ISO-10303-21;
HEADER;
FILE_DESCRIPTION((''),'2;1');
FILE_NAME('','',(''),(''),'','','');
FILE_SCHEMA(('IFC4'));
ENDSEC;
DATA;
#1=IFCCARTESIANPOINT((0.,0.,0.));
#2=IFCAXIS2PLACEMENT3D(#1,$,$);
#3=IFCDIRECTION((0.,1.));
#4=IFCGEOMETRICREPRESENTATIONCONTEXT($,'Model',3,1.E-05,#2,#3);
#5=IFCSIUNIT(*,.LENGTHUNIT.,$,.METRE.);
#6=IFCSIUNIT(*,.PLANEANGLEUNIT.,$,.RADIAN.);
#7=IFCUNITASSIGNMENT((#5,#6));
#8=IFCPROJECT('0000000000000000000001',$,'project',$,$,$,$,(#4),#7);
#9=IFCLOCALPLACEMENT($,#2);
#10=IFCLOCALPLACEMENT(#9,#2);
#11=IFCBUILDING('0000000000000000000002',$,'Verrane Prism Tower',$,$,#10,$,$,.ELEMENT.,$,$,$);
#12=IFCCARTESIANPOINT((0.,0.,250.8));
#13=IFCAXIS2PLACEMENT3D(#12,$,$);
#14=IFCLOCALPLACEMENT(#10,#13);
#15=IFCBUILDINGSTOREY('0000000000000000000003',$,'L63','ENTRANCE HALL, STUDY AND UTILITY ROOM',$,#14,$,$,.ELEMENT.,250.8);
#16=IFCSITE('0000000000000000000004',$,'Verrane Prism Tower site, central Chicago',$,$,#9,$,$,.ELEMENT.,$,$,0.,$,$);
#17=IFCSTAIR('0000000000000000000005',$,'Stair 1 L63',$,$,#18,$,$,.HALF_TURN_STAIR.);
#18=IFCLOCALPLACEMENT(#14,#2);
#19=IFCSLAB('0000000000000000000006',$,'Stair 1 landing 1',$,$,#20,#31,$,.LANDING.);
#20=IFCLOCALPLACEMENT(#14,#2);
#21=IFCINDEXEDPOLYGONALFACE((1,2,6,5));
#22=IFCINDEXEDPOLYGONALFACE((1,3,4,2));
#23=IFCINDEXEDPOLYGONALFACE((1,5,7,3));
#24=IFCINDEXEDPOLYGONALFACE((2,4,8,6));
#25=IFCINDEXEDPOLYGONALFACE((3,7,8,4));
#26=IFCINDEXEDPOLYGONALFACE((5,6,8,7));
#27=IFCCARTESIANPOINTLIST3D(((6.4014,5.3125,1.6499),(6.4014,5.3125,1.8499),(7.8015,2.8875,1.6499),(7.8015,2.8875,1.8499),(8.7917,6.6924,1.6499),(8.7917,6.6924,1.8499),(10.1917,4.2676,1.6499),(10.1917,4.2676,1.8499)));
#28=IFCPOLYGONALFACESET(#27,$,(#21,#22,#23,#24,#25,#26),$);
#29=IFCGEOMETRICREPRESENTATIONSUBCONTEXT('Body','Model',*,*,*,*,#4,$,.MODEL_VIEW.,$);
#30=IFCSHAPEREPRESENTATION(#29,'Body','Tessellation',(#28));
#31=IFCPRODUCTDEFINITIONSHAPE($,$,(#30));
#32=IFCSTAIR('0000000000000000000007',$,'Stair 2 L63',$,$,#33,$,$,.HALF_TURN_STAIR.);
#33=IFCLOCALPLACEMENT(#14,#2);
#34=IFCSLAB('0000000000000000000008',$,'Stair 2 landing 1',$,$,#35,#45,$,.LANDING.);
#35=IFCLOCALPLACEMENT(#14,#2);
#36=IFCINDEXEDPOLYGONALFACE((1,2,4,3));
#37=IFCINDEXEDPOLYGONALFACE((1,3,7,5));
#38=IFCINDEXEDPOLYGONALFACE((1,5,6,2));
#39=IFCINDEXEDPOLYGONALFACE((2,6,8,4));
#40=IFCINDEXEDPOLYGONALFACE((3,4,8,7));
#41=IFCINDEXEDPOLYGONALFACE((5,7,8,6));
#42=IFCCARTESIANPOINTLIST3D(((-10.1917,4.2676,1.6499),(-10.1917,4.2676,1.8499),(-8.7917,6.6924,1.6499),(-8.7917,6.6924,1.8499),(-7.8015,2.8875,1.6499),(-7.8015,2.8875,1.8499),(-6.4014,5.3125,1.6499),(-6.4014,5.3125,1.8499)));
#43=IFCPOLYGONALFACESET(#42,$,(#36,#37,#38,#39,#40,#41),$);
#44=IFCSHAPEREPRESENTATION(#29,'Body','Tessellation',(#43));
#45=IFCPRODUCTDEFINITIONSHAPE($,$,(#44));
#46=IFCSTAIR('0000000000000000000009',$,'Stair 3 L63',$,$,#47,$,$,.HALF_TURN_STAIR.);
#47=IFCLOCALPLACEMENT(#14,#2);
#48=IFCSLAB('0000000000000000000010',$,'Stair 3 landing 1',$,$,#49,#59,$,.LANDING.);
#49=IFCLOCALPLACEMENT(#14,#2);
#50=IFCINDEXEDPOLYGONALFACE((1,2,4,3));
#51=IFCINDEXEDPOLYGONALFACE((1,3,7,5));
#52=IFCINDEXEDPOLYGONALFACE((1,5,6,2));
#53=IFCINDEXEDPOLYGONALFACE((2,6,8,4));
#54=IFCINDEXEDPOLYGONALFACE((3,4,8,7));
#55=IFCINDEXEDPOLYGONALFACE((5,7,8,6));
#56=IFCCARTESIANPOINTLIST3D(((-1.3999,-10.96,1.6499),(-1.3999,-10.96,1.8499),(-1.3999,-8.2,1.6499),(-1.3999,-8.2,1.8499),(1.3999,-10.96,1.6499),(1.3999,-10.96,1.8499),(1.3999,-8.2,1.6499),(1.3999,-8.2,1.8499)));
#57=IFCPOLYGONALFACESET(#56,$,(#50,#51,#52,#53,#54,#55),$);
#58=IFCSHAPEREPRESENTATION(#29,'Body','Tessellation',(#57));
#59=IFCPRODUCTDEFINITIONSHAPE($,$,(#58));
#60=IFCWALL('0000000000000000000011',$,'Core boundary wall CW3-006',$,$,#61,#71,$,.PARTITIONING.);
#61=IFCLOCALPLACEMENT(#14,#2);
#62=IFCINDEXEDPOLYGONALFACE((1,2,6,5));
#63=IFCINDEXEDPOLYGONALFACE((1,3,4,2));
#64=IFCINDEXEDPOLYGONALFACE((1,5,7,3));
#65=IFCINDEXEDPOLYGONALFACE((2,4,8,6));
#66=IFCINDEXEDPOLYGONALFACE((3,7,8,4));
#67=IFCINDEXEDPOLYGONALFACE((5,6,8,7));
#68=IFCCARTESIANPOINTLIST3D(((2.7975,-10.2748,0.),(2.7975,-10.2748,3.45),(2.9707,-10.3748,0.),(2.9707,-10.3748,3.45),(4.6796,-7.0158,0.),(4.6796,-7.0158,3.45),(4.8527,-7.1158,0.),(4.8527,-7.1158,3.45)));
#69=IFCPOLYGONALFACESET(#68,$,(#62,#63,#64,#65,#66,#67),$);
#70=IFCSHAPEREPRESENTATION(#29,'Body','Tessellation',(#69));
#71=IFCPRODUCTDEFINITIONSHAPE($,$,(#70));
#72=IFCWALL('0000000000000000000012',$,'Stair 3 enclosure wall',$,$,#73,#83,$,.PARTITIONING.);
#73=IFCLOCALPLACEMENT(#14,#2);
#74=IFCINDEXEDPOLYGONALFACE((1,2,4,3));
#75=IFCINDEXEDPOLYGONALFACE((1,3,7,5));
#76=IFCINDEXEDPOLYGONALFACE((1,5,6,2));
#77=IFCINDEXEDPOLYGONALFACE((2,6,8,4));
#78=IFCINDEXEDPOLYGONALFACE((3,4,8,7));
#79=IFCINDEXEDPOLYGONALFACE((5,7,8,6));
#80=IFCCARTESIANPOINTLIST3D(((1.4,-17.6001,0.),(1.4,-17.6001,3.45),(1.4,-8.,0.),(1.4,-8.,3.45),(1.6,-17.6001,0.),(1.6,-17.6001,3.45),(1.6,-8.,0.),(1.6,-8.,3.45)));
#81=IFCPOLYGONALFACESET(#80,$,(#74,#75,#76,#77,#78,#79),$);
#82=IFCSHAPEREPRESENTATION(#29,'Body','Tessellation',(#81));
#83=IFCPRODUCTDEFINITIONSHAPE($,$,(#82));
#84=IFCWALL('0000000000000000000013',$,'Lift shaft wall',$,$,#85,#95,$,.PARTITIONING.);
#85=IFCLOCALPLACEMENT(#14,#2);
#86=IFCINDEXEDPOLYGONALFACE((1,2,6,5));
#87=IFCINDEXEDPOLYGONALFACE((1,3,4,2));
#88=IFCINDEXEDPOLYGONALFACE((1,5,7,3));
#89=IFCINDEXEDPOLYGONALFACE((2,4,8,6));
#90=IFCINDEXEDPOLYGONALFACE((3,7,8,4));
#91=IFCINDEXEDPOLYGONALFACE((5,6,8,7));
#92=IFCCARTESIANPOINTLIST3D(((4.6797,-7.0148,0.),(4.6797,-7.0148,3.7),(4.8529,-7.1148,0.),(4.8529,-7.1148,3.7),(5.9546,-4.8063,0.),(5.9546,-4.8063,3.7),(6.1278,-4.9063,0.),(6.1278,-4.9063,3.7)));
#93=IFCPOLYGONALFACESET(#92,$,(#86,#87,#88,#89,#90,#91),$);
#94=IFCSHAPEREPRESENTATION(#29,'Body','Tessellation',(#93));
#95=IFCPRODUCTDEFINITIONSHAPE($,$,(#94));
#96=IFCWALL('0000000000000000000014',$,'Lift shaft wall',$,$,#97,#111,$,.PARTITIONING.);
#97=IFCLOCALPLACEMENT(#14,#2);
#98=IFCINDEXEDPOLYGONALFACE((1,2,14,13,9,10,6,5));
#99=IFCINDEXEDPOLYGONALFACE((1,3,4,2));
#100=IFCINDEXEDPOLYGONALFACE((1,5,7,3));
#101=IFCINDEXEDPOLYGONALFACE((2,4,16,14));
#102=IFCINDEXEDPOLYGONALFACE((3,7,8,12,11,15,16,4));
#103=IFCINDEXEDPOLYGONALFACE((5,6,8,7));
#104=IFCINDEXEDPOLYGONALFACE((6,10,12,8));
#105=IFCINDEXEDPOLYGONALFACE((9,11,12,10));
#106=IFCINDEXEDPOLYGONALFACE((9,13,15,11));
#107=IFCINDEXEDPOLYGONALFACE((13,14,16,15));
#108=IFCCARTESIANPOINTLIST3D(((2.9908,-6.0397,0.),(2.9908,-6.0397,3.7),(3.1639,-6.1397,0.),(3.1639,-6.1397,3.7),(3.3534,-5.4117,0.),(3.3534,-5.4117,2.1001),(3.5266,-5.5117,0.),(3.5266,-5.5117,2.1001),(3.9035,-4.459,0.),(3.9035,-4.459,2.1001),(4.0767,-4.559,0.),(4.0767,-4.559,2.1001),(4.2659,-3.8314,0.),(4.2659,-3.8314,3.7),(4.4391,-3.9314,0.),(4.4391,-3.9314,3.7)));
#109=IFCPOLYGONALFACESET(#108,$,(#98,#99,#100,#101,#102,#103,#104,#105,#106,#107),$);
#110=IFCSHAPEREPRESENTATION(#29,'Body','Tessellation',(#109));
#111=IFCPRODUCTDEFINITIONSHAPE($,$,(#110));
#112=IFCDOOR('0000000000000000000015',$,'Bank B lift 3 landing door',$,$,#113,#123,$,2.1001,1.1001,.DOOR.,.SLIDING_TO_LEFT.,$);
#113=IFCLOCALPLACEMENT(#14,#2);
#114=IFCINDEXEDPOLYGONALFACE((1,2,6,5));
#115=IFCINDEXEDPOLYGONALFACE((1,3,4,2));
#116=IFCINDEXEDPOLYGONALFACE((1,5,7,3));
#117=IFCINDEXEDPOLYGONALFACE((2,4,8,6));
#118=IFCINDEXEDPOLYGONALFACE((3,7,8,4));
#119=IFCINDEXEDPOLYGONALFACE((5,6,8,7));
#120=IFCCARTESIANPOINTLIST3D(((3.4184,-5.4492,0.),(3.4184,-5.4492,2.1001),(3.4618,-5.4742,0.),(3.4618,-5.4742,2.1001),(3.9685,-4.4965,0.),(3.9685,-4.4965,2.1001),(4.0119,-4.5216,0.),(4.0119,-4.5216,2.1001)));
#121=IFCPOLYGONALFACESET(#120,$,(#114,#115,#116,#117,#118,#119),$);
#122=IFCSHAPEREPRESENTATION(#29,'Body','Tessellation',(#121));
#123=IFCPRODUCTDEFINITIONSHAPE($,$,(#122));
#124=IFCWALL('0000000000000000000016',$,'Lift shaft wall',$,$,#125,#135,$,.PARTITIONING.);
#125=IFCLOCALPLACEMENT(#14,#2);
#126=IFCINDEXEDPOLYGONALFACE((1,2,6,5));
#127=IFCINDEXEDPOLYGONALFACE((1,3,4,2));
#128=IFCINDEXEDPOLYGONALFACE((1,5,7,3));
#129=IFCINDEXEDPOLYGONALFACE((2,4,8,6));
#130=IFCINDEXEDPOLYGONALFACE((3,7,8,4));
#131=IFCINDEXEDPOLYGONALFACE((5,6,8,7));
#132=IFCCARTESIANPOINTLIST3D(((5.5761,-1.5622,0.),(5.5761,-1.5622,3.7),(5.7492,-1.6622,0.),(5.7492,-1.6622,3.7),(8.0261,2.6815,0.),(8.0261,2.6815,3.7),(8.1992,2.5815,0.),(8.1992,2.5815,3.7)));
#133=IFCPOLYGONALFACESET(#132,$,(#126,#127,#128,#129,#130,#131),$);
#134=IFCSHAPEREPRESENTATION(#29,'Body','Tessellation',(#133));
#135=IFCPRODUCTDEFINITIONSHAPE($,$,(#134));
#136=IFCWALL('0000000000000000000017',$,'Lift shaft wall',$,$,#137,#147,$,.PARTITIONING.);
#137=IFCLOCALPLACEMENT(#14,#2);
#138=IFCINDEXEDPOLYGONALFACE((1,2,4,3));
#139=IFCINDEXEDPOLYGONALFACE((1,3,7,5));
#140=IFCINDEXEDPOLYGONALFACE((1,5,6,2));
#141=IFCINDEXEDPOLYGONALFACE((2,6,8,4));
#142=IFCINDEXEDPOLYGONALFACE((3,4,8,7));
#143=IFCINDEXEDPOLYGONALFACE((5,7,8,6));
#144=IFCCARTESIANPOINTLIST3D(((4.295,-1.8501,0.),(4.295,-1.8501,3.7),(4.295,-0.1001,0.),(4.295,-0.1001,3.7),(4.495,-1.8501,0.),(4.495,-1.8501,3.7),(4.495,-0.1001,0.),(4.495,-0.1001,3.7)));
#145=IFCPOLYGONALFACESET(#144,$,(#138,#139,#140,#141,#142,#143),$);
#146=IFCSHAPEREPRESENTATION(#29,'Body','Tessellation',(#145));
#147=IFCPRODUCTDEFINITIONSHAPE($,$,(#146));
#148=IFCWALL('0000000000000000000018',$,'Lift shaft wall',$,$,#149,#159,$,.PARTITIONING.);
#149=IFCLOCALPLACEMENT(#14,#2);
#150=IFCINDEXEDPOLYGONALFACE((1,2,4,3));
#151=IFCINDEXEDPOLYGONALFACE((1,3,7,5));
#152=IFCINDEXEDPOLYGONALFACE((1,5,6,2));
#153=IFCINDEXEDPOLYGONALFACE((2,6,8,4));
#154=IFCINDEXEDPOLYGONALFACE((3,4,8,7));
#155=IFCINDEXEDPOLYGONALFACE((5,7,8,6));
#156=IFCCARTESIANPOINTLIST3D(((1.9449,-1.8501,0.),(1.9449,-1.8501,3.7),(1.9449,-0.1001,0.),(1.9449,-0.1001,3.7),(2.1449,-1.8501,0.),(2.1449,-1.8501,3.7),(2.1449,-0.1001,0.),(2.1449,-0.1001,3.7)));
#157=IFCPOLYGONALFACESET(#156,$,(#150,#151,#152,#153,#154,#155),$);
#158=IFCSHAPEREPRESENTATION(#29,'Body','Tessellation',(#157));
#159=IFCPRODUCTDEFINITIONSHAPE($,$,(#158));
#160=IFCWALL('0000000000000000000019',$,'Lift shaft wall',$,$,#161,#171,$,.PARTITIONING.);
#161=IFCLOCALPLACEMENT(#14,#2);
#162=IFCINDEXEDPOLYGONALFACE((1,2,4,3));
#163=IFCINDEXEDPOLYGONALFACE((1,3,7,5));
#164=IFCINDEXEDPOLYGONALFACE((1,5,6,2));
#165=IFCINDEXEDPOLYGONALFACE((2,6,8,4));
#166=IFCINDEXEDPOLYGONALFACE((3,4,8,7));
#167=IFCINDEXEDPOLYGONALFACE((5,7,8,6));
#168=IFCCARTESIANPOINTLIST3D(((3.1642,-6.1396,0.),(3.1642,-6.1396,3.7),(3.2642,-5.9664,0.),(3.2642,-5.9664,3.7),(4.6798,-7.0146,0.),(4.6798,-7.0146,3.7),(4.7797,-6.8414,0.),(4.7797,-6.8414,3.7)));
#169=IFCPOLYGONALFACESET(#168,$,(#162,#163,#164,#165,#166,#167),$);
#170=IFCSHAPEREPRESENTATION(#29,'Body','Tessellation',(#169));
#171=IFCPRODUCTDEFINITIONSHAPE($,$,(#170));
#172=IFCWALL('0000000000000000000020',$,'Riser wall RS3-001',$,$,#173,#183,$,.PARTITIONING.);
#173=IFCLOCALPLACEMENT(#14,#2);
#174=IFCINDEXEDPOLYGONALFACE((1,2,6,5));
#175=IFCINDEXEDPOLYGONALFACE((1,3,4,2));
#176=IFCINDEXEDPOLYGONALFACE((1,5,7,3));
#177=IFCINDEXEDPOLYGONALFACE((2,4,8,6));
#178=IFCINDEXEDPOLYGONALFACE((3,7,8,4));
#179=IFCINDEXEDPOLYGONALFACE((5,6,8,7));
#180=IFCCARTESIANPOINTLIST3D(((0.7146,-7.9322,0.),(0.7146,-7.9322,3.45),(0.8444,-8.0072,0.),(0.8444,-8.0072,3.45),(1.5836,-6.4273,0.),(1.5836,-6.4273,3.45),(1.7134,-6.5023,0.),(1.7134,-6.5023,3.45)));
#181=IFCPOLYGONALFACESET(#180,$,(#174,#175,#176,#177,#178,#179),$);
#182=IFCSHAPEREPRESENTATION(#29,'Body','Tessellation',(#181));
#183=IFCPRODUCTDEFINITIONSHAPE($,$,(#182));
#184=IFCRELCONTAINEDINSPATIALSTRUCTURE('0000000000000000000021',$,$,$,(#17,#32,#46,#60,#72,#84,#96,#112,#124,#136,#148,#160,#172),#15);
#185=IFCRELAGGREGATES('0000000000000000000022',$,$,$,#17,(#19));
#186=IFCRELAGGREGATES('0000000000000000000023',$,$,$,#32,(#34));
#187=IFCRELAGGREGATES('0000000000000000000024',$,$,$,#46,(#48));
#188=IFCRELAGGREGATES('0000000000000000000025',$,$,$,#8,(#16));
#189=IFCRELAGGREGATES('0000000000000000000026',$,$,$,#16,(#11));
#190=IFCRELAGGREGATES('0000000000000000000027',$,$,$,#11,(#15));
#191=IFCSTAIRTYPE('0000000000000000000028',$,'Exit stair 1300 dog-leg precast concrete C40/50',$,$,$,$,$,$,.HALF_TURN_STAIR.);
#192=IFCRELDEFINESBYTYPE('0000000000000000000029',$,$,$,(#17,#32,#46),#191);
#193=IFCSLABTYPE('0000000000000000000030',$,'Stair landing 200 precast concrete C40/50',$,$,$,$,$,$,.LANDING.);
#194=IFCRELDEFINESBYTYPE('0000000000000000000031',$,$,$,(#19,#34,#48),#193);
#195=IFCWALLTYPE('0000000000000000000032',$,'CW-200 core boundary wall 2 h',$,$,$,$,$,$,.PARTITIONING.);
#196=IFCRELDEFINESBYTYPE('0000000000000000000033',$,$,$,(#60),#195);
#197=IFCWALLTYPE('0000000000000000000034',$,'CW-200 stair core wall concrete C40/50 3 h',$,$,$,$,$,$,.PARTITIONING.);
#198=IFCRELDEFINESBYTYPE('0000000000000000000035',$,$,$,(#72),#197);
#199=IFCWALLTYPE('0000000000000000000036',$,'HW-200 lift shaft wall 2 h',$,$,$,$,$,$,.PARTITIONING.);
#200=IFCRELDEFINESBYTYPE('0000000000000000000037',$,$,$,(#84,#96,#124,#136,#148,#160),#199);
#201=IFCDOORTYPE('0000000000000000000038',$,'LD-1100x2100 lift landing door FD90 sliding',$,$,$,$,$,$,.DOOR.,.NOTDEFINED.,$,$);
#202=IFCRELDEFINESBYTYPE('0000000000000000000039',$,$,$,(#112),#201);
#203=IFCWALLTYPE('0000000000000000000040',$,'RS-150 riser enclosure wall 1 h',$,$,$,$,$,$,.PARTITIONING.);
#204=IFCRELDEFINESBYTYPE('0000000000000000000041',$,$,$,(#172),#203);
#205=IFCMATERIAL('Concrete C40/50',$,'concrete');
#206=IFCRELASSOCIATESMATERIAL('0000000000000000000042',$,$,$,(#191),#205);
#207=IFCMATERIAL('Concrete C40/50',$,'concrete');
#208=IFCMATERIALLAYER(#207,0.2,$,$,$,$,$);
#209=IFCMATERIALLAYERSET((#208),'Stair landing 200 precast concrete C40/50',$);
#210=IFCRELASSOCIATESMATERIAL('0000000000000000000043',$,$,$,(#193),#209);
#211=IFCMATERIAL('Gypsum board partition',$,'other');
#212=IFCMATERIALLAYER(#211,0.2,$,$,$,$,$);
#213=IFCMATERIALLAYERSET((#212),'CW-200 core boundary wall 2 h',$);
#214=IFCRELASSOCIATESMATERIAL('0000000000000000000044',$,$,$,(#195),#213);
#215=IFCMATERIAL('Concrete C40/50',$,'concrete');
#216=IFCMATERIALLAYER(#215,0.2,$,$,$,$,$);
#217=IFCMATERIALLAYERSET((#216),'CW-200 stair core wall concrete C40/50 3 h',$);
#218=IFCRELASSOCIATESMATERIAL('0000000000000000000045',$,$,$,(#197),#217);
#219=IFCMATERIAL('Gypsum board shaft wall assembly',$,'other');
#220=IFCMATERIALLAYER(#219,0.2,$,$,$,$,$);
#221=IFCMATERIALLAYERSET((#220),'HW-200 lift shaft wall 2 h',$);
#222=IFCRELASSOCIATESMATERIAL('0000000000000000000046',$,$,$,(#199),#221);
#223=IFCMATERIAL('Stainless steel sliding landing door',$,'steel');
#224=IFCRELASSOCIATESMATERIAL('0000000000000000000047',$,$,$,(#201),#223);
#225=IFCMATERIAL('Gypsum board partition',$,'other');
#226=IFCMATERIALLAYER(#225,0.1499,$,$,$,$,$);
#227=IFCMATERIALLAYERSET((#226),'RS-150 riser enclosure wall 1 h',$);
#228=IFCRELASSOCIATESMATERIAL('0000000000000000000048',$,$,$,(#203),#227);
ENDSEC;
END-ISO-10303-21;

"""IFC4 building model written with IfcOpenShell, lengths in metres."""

from ifc_helpers import new_model, si_unit, direction, frame, frame_2d, origin, place, context, subcontext, project, spatial, polyline, rectangle, outline, extrude, material, layer, layer_set, type_object, element, fill, aggregate, save


model = new_model("IFC4")

# Units and contexts
model_context = context("Model", 3, precision=1e-05, world=origin(), true_north=direction((0.0, 1.0)))
body_context = subcontext(model_context, "Body", "Model", "MODEL_VIEW")
ifc_project = project(units=[si_unit("LENGTHUNIT", "METRE"), si_unit("PLANEANGLEUNIT", "RADIAN")], contexts=[model_context])

# Site, building, storey
site_placement = place(None, origin())
site = spatial("IfcSite", under=ifc_project, at=site_placement, Name="Verrane Prism Tower site, central Chicago", CompositionType="ELEMENT", RefElevation=0.0)
building_placement = place(site_placement, origin())
building = spatial("IfcBuilding", under=site, at=building_placement, Name="Verrane Prism Tower", CompositionType="ELEMENT")
storey_placement = place(building_placement, frame((0.0, 0.0, 250.8)))
storey = spatial("IfcBuildingStorey", under=building, at=storey_placement, Name="L63", Description="ENTRANCE HALL, STUDY AND UTILITY ROOM", CompositionType="ELEMENT", Elevation=250.8)

# Stairs, slabs
ifc_material_1 = material(Name="Concrete C40/50", Category="concrete")
stair_type = type_object("IfcStairType", Name="Exit stair 1300 dog-leg precast concrete C40/50", PredefinedType="HALF_TURN_STAIR", material=ifc_material_1)
stair_1_placement = place(storey_placement, origin())
stair_1 = element("IfcStair", 1, at=stair_1_placement, inside=storey, type_object=stair_type, Name="Stair 1 L63", PredefinedType="HALF_TURN_STAIR")
ifc_material_2 = material(Name="Concrete C40/50", Category="concrete")
ifc_layer_1 = layer(ifc_material_2, 0.2)
ifc_layer_set_1 = layer_set([ifc_layer_1], Name="Stair landing 200 precast concrete C40/50")
slab_type = type_object("IfcSlabType", Name="Stair landing 200 precast concrete C40/50", PredefinedType="LANDING", material=ifc_layer_set_1)
slab_1_placement = place(storey_placement, frame((0.0, 0.0, 1.6499)))
slab_1 = element("IfcSlab", 2, at=slab_1_placement, type_object=slab_type, Name="Stair 1 landing 1", PredefinedType="LANDING", context=body_context, shape_type="SweptSolid", body=[
    extrude(outline(polyline([(8.7917, 6.6924), (6.4014, 5.3125), (7.8015, 2.8875), (10.1917, 4.2676), (8.7917, 6.6924)])), origin(), (0.0, 0.0, 1.0), 0.2),
])
aggregate(stair_1, [slab_1])
stair_2_placement = place(storey_placement, origin())
stair_2 = element("IfcStair", 3, at=stair_2_placement, inside=storey, type_object=stair_type, Name="Stair 2 L63", PredefinedType="HALF_TURN_STAIR")
slab_2_placement = place(storey_placement, frame((0.0, 0.0, 1.6499)))
slab_2 = element("IfcSlab", 4, at=slab_2_placement, type_object=slab_type, Name="Stair 2 landing 1", PredefinedType="LANDING", context=body_context, shape_type="SweptSolid", body=[
    extrude(outline(polyline([(-10.1917, 4.2676), (-7.8015, 2.8875), (-6.4014, 5.3125), (-8.7917, 6.6924), (-10.1917, 4.2676)])), origin(), (0.0, 0.0, 1.0), 0.2),
])
aggregate(stair_2, [slab_2])
stair_3_placement = place(storey_placement, origin())
stair_3 = element("IfcStair", 5, at=stair_3_placement, inside=storey, type_object=stair_type, Name="Stair 3 L63", PredefinedType="HALF_TURN_STAIR")
slab_3_placement = place(storey_placement, frame((0.0, 0.0, 1.6499)))
slab_3 = element("IfcSlab", 6, at=slab_3_placement, type_object=slab_type, Name="Stair 3 landing 1", PredefinedType="LANDING", context=body_context, shape_type="SweptSolid", body=[
    extrude(outline(polyline([(1.3999, -10.96), (1.3999, -8.2), (-1.3999, -8.2), (-1.3999, -10.96), (1.3999, -10.96)])), origin(), (0.0, 0.0, 1.0), 0.2),
])
aggregate(stair_3, [slab_3])

# Walls
ifc_material_3 = material(Name="Gypsum board partition", Category="other")
ifc_layer_2 = layer(ifc_material_3, 0.2)
ifc_layer_set_2 = layer_set([ifc_layer_2], Name="CW-200 core boundary wall 2 h")
wall_type_1 = type_object("IfcWallType", Name="CW-200 core boundary wall 2 h", PredefinedType="PARTITIONING", material=ifc_layer_set_2)
wall_1_placement = place(storey_placement, frame((2.884, -10.325, 0.0), z_axis=(0.0, 0.0, 1.0), x_axis=(0.500095, 0.865971, 0.0)))
element("IfcWall", 7, at=wall_1_placement, inside=storey, type_object=wall_type_1, Name="Core boundary wall CW3-006", PredefinedType="PARTITIONING", context=body_context, shape_type="SweptSolid", body=[
    extrude(rectangle(XDim=3.7634, YDim=0.2, at=frame_2d((1.8818, 0.0))), origin(), (0.0, 0.0, 1.0), 3.45),
])
ifc_material_4 = material(Name="Concrete C40/50", Category="concrete")
ifc_layer_3 = layer(ifc_material_4, 0.2)
ifc_layer_set_3 = layer_set([ifc_layer_3], Name="CW-200 stair core wall concrete C40/50 3 h")
wall_type_2 = type_object("IfcWallType", Name="CW-200 stair core wall concrete C40/50 3 h", PredefinedType="PARTITIONING", material=ifc_layer_set_3)
wall_2_placement = place(storey_placement, frame((1.5, -8.0, 0.0), z_axis=(0.0, 0.0, 1.0), x_axis=(0.0, -1.0, 0.0)))
element("IfcWall", 8, at=wall_2_placement, inside=storey, type_object=wall_type_2, Name="Stair 3 enclosure wall", PredefinedType="PARTITIONING", context=body_context, shape_type="SweptSolid", body=[
    extrude(rectangle(XDim=9.6001, YDim=0.2, at=frame_2d((4.8, 0.0))), origin(), (0.0, 0.0, 1.0), 3.45),
])
ifc_material_5 = material(Name="Gypsum board shaft wall assembly", Category="other")
ifc_layer_4 = layer(ifc_material_5, 0.2)
ifc_layer_set_4 = layer_set([ifc_layer_4], Name="HW-200 lift shaft wall 2 h")
wall_type_3 = type_object("IfcWallType", Name="HW-200 lift shaft wall 2 h", PredefinedType="PARTITIONING", material=ifc_layer_set_4)
wall_3_placement = place(storey_placement, frame((4.7664, -7.0647, 0.0), z_axis=(0.0, 0.0, 1.0), x_axis=(0.499949, 0.866055, 0.0)))
element("IfcWall", 9, at=wall_3_placement, inside=storey, type_object=wall_type_3, Name="Lift shaft wall", PredefinedType="PARTITIONING", context=body_context, shape_type="SweptSolid", body=[
    extrude(rectangle(XDim=2.55, YDim=0.2, at=frame_2d((1.2749, 0.0))), origin(), (0.0, 0.0, 1.0), 3.7),
])

# Wall, opening, door
wall_4_placement = place(storey_placement, frame((3.0774, -6.0896, 0.0), z_axis=(0.0, 0.0, 1.0), x_axis=(0.500062, 0.865989, 0.0)))
wall_4 = element("IfcWall", 10, at=wall_4_placement, inside=storey, type_object=wall_type_3, Name="Lift shaft wall", PredefinedType="PARTITIONING", context=body_context, shape_type="SweptSolid", body=[
    extrude(rectangle(XDim=2.55, YDim=0.2, at=frame_2d((1.2749, 0.0))), origin(), (0.0, 0.0, 1.0), 3.7),
])
opening_1_placement = place(wall_4_placement, frame((0.7251, 0.0, 0.0)))
opening_1 = element("IfcOpeningElement", 11, at=opening_1_placement, cuts=wall_4, PredefinedType="OPENING", context=body_context, shape_type="SweptSolid", body=[
    extrude(rectangle(XDim=1.1001, YDim=2.1001, at=frame_2d((0.55, 1.05))), frame((0.0, 0.1099, 0.0), z_axis=(0.0, -1.0, 0.0), x_axis=(1.0, 0.0, 0.0)), (0.0, 0.0, 1.0), 0.22),
])
ifc_material_6 = material(Name="Stainless steel sliding landing door", Category="steel")
door_type_1 = type_object("IfcDoorType", Name="LD-1100x2100 lift landing door FD90 sliding", OperationType="NOTDEFINED", PredefinedType="DOOR", material=ifc_material_6)
door_1_placement = place(opening_1_placement, origin())
door_1 = element("IfcDoor", 12, at=door_1_placement, inside=storey, type_object=door_type_1, Name="Bank B lift 3 landing door", OperationType="SLIDING_TO_LEFT", OverallHeight=2.1001, OverallWidth=1.1001, PredefinedType="DOOR", context=body_context, shape_type="SweptSolid", body=[
    extrude(rectangle(XDim=1.1001, YDim=2.1001, at=frame_2d((0.55, 1.05))), frame((0.0, 0.0249, 0.0), z_axis=(0.0, -1.0, 0.0), x_axis=(1.0, 0.0, 0.0)), (0.0, 0.0, 1.0), 0.05),
])
fill(opening_1, door_1)

# Walls
wall_5_placement = place(storey_placement, frame((5.6626, -1.6123, 0.0), z_axis=(0.0, 0.0, 1.0), x_axis=(0.499981, 0.866036, 0.0)))
element("IfcWall", 13, at=wall_5_placement, inside=storey, type_object=wall_type_3, Name="Lift shaft wall", PredefinedType="PARTITIONING", context=body_context, shape_type="SweptSolid", body=[
    extrude(rectangle(XDim=4.9001, YDim=0.2, at=frame_2d((2.4502, 0.0))), origin(), (0.0, 0.0, 1.0), 3.7),
])
for number, where, z_axis, x_axis, name in (
    (14, (4.395, -1.8501, 0.0), (0.0, 0.0, 1.0), (0.0, 1.0, 0.0), "Lift shaft wall"),
    (15, (2.0449, -1.8501, 0.0), (0.0, 0.0, 1.0), (0.0, 1.0, 0.0), "Lift shaft wall"),
    (16, (4.7297, -6.928, 0.0), (0.0, 0.0, 1.0), (-0.866037, 0.49998, 0.0), "Lift shaft wall"),
):
    element("IfcWall", number, at=place(storey_placement, frame(where, z_axis=z_axis, x_axis=x_axis)), inside=storey, type_object=wall_type_3, Name=name, PredefinedType="PARTITIONING", context=body_context, shape_type="SweptSolid", body=[
        extrude(rectangle(XDim=1.75, YDim=0.2, at=frame_2d((0.875, 0.0))), origin(), (0.0, 0.0, 1.0), 3.7),
    ])
ifc_material_7 = material(Name="Gypsum board partition", Category="other")
ifc_layer_5 = layer(ifc_material_7, 0.1499)
ifc_layer_set_5 = layer_set([ifc_layer_5], Name="RS-150 riser enclosure wall 1 h")
wall_type_4 = type_object("IfcWallType", Name="RS-150 riser enclosure wall 1 h", PredefinedType="PARTITIONING", material=ifc_layer_set_5)
wall_6_placement = place(storey_placement, frame((0.7795, -7.9697, 0.0), z_axis=(0.0, 0.0, 1.0), x_axis=(0.500022, 0.866012, 0.0)))
element("IfcWall", 17, at=wall_6_placement, inside=storey, type_object=wall_type_4, Name="Riser wall RS3-001", PredefinedType="PARTITIONING", context=body_context, shape_type="SweptSolid", body=[
    extrude(rectangle(XDim=1.7378, YDim=0.1499, at=frame_2d((0.8689, 0.0))), origin(), (0.0, 0.0, 1.0), 3.45),
])

save(model, "model.ifc")
